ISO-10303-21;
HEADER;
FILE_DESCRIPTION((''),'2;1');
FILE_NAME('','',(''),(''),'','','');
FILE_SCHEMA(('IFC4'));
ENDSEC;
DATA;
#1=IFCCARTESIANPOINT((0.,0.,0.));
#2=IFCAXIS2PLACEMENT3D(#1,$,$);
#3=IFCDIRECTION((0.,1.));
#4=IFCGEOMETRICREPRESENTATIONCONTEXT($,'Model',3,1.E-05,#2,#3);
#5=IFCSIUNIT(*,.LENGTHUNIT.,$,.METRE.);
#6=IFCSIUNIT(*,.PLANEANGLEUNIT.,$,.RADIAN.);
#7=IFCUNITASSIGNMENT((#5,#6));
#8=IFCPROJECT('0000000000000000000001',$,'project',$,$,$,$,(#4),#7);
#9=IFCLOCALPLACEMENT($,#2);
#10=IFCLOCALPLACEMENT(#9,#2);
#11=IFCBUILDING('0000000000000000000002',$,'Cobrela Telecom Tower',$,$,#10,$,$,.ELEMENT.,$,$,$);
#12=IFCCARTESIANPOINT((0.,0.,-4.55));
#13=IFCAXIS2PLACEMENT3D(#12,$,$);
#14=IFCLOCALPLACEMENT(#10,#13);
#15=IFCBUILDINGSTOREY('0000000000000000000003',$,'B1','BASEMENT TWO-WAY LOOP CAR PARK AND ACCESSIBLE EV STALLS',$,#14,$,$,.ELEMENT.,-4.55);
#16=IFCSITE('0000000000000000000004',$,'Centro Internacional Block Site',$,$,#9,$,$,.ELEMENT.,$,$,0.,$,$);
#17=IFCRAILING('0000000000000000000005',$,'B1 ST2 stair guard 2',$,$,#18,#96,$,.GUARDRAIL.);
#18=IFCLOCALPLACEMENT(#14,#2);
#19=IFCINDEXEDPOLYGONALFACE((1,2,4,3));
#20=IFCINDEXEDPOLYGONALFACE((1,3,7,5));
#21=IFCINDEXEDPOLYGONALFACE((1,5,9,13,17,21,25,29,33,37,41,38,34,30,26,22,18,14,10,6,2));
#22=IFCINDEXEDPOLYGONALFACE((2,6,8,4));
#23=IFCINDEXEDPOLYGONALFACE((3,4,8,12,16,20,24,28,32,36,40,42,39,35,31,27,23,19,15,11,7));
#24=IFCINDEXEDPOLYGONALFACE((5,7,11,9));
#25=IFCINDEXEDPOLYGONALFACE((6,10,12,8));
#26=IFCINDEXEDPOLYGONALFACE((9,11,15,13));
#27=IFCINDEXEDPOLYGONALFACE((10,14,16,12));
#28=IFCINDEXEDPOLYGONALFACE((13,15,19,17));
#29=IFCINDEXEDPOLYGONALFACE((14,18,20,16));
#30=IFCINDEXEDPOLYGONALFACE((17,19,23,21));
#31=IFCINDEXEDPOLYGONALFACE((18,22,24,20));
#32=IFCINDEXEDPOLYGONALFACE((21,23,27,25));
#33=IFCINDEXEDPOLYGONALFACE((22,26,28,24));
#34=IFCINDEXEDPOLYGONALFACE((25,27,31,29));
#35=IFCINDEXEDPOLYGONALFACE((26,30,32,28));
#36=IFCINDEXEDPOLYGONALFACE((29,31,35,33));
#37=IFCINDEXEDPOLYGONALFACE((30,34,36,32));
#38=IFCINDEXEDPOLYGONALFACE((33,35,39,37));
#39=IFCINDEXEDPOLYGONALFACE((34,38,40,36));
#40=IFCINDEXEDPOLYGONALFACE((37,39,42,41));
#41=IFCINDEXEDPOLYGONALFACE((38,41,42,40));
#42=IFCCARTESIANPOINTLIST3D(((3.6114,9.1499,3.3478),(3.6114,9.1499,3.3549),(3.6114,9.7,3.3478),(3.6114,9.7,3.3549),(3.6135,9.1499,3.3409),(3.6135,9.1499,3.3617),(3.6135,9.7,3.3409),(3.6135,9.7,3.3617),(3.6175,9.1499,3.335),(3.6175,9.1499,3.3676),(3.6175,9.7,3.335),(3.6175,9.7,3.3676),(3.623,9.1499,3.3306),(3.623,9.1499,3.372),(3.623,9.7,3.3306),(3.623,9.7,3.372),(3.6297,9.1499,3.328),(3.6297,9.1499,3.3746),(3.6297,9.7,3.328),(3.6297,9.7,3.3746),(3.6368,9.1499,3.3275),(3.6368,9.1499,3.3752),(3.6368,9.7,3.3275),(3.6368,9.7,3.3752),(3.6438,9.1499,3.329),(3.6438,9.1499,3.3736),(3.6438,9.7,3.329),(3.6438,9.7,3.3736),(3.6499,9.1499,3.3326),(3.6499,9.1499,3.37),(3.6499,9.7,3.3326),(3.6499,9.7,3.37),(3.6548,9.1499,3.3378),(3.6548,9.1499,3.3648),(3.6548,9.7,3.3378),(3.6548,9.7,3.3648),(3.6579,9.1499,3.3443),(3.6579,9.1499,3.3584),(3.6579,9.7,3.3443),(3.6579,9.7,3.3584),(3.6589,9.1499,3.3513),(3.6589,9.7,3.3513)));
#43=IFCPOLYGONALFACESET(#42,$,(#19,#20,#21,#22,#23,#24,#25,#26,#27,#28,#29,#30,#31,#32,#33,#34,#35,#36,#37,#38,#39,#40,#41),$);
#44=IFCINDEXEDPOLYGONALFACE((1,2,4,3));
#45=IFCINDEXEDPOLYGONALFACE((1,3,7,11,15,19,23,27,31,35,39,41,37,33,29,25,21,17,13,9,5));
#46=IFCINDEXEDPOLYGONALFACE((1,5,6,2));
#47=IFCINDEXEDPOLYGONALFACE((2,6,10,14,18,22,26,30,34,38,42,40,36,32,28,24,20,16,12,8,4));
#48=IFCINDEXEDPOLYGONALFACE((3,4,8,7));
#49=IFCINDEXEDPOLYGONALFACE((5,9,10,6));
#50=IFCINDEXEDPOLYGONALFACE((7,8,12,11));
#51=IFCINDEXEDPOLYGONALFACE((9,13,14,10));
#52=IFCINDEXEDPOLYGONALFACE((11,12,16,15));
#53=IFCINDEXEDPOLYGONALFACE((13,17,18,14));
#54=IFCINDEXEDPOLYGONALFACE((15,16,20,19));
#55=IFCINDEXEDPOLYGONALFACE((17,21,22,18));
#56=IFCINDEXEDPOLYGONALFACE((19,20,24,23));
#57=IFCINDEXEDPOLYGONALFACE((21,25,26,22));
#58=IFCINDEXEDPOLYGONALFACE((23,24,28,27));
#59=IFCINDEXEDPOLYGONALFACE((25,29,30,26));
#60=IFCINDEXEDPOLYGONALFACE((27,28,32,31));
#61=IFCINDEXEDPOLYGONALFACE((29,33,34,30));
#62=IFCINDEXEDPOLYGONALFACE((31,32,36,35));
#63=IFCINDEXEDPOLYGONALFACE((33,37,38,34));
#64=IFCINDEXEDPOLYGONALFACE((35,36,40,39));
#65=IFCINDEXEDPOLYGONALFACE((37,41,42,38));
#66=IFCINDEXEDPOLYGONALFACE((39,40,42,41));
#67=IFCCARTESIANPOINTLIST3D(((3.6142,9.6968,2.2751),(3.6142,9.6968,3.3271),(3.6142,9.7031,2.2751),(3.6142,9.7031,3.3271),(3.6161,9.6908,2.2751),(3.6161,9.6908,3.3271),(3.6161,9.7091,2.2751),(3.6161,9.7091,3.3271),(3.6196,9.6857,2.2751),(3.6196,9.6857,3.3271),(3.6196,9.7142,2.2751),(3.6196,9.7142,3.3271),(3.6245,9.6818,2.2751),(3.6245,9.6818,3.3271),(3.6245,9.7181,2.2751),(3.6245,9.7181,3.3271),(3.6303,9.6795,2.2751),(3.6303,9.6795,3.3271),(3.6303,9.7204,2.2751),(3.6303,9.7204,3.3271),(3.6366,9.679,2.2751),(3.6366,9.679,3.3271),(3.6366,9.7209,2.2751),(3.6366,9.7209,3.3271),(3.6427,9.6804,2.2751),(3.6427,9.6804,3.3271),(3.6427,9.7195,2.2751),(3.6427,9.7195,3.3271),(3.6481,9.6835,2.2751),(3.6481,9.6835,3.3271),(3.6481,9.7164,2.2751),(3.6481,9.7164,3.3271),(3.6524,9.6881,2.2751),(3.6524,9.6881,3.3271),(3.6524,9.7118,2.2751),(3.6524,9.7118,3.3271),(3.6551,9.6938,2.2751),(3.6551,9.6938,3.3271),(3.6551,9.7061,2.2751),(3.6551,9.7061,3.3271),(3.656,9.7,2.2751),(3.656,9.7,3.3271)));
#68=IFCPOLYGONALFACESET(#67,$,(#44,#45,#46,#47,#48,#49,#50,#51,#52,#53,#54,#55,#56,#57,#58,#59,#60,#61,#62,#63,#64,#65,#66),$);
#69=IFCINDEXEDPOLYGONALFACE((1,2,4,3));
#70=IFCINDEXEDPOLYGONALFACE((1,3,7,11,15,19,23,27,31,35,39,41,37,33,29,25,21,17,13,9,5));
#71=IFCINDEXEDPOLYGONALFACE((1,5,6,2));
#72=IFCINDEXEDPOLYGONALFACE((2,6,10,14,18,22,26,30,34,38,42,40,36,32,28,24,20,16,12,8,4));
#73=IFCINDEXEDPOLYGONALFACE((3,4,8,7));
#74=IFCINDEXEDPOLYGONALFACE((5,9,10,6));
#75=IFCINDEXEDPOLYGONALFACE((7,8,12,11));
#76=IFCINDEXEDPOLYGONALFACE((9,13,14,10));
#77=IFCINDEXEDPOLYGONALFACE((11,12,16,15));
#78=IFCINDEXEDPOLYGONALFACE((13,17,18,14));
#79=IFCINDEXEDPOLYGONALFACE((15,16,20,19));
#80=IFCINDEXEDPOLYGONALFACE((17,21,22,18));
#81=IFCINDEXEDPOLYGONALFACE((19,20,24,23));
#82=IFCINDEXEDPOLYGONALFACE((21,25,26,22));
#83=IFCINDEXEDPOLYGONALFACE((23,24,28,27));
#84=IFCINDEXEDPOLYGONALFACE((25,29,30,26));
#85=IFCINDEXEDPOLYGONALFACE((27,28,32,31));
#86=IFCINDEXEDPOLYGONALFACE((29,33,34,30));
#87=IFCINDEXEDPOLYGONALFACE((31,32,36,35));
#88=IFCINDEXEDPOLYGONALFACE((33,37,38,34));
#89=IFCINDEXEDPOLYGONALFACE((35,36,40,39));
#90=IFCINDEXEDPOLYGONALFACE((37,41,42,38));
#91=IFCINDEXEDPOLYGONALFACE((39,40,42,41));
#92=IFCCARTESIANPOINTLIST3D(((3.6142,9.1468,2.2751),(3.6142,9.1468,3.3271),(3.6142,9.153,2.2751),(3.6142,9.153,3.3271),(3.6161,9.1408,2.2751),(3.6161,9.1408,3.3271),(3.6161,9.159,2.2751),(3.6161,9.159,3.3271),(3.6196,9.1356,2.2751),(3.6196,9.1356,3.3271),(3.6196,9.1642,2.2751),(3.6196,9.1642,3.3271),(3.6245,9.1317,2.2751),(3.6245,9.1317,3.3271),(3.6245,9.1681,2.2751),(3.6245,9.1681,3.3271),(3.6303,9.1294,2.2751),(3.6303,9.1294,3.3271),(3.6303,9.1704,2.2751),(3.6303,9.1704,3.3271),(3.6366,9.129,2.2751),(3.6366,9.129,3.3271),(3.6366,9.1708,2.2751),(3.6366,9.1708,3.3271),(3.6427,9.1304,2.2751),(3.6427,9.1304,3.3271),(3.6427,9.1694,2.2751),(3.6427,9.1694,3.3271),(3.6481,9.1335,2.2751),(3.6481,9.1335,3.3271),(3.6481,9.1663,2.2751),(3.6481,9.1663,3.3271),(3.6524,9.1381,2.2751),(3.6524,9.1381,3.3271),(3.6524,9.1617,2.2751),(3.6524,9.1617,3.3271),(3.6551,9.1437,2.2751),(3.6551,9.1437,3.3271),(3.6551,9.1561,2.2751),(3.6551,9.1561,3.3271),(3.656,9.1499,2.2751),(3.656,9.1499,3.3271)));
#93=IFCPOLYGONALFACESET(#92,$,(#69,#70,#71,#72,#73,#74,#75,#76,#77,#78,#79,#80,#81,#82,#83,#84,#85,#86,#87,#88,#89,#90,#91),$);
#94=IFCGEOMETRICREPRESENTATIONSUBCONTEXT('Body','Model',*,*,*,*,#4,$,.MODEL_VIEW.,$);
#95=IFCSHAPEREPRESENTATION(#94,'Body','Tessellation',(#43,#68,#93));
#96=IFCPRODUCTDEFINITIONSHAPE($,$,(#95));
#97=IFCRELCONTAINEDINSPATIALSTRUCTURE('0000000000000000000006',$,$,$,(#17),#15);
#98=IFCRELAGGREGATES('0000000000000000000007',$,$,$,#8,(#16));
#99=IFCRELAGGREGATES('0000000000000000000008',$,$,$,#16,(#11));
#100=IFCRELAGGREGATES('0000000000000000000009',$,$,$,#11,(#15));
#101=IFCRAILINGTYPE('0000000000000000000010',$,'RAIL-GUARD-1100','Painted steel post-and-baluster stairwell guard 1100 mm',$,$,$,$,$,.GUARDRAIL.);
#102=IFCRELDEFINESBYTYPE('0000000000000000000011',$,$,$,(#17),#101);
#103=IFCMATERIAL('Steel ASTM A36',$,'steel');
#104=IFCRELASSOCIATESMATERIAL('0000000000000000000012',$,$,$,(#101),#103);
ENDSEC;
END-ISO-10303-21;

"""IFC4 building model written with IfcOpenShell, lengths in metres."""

from ifc_helpers import new_model, si_unit, direction, frame, origin, origin_2d, place, context, subcontext, project, spatial, circle, extrude, material, type_object, element, save


model = new_model("IFC4")

# Units and contexts
model_context = context("Model", 3, precision=1e-05, world=origin(), true_north=direction((0.0, 1.0)))
body_context = subcontext(model_context, "Body", "Model", "MODEL_VIEW")
ifc_project = project(units=[si_unit("LENGTHUNIT", "METRE"), si_unit("PLANEANGLEUNIT", "RADIAN")], contexts=[model_context])

# Site, building, storey
site_placement = place(None, origin())
site = spatial("IfcSite", under=ifc_project, at=site_placement, Name="Centro Internacional Block Site", CompositionType="ELEMENT", RefElevation=0.0)
building_placement = place(site_placement, origin())
building = spatial("IfcBuilding", under=site, at=building_placement, Name="Cobrela Telecom Tower", CompositionType="ELEMENT")
storey_placement = place(building_placement, frame((0.0, 0.0, -4.55)))
storey = spatial("IfcBuildingStorey", under=building, at=storey_placement, Name="B1", Description="BASEMENT TWO-WAY LOOP CAR PARK AND ACCESSIBLE EV STALLS", CompositionType="ELEMENT", Elevation=-4.55)

# Shared definitions
ifc_material_1 = material(Name="Steel ASTM A36", Category="steel")

# Railing
railing_type_1 = type_object("IfcRailingType", Name="RAIL-GUARD-1100", Description="Painted steel post-and-baluster stairwell guard 1100 mm", PredefinedType="GUARDRAIL", material=ifc_material_1)
railing_1_placement = place(storey_placement, frame((3.635, 9.7, 2.2751)))
element("IfcRailing", 1, at=railing_1_placement, inside=storey, type_object=railing_type_1, Name="B1 ST2 stair guard 2", PredefinedType="GUARDRAIL", context=body_context, shape_type="SweptSolid", body=[
    extrude(circle(Radius=0.0239, at=origin_2d()), frame((0.0, 0.0, 1.0762), z_axis=(0.0, -1.0, 0.0), x_axis=(1.0, 0.0, 0.0)), (0.0, 0.0, 1.0), 0.55),
    extrude(circle(Radius=0.021, at=origin_2d()), origin(), (0.0, 0.0, 1.0), 1.052),
    extrude(circle(Radius=0.021, at=origin_2d()), frame((0.0, -0.55, 0.0)), (0.0, 0.0, 1.0), 1.052),
])

save(model, "model.ifc")
